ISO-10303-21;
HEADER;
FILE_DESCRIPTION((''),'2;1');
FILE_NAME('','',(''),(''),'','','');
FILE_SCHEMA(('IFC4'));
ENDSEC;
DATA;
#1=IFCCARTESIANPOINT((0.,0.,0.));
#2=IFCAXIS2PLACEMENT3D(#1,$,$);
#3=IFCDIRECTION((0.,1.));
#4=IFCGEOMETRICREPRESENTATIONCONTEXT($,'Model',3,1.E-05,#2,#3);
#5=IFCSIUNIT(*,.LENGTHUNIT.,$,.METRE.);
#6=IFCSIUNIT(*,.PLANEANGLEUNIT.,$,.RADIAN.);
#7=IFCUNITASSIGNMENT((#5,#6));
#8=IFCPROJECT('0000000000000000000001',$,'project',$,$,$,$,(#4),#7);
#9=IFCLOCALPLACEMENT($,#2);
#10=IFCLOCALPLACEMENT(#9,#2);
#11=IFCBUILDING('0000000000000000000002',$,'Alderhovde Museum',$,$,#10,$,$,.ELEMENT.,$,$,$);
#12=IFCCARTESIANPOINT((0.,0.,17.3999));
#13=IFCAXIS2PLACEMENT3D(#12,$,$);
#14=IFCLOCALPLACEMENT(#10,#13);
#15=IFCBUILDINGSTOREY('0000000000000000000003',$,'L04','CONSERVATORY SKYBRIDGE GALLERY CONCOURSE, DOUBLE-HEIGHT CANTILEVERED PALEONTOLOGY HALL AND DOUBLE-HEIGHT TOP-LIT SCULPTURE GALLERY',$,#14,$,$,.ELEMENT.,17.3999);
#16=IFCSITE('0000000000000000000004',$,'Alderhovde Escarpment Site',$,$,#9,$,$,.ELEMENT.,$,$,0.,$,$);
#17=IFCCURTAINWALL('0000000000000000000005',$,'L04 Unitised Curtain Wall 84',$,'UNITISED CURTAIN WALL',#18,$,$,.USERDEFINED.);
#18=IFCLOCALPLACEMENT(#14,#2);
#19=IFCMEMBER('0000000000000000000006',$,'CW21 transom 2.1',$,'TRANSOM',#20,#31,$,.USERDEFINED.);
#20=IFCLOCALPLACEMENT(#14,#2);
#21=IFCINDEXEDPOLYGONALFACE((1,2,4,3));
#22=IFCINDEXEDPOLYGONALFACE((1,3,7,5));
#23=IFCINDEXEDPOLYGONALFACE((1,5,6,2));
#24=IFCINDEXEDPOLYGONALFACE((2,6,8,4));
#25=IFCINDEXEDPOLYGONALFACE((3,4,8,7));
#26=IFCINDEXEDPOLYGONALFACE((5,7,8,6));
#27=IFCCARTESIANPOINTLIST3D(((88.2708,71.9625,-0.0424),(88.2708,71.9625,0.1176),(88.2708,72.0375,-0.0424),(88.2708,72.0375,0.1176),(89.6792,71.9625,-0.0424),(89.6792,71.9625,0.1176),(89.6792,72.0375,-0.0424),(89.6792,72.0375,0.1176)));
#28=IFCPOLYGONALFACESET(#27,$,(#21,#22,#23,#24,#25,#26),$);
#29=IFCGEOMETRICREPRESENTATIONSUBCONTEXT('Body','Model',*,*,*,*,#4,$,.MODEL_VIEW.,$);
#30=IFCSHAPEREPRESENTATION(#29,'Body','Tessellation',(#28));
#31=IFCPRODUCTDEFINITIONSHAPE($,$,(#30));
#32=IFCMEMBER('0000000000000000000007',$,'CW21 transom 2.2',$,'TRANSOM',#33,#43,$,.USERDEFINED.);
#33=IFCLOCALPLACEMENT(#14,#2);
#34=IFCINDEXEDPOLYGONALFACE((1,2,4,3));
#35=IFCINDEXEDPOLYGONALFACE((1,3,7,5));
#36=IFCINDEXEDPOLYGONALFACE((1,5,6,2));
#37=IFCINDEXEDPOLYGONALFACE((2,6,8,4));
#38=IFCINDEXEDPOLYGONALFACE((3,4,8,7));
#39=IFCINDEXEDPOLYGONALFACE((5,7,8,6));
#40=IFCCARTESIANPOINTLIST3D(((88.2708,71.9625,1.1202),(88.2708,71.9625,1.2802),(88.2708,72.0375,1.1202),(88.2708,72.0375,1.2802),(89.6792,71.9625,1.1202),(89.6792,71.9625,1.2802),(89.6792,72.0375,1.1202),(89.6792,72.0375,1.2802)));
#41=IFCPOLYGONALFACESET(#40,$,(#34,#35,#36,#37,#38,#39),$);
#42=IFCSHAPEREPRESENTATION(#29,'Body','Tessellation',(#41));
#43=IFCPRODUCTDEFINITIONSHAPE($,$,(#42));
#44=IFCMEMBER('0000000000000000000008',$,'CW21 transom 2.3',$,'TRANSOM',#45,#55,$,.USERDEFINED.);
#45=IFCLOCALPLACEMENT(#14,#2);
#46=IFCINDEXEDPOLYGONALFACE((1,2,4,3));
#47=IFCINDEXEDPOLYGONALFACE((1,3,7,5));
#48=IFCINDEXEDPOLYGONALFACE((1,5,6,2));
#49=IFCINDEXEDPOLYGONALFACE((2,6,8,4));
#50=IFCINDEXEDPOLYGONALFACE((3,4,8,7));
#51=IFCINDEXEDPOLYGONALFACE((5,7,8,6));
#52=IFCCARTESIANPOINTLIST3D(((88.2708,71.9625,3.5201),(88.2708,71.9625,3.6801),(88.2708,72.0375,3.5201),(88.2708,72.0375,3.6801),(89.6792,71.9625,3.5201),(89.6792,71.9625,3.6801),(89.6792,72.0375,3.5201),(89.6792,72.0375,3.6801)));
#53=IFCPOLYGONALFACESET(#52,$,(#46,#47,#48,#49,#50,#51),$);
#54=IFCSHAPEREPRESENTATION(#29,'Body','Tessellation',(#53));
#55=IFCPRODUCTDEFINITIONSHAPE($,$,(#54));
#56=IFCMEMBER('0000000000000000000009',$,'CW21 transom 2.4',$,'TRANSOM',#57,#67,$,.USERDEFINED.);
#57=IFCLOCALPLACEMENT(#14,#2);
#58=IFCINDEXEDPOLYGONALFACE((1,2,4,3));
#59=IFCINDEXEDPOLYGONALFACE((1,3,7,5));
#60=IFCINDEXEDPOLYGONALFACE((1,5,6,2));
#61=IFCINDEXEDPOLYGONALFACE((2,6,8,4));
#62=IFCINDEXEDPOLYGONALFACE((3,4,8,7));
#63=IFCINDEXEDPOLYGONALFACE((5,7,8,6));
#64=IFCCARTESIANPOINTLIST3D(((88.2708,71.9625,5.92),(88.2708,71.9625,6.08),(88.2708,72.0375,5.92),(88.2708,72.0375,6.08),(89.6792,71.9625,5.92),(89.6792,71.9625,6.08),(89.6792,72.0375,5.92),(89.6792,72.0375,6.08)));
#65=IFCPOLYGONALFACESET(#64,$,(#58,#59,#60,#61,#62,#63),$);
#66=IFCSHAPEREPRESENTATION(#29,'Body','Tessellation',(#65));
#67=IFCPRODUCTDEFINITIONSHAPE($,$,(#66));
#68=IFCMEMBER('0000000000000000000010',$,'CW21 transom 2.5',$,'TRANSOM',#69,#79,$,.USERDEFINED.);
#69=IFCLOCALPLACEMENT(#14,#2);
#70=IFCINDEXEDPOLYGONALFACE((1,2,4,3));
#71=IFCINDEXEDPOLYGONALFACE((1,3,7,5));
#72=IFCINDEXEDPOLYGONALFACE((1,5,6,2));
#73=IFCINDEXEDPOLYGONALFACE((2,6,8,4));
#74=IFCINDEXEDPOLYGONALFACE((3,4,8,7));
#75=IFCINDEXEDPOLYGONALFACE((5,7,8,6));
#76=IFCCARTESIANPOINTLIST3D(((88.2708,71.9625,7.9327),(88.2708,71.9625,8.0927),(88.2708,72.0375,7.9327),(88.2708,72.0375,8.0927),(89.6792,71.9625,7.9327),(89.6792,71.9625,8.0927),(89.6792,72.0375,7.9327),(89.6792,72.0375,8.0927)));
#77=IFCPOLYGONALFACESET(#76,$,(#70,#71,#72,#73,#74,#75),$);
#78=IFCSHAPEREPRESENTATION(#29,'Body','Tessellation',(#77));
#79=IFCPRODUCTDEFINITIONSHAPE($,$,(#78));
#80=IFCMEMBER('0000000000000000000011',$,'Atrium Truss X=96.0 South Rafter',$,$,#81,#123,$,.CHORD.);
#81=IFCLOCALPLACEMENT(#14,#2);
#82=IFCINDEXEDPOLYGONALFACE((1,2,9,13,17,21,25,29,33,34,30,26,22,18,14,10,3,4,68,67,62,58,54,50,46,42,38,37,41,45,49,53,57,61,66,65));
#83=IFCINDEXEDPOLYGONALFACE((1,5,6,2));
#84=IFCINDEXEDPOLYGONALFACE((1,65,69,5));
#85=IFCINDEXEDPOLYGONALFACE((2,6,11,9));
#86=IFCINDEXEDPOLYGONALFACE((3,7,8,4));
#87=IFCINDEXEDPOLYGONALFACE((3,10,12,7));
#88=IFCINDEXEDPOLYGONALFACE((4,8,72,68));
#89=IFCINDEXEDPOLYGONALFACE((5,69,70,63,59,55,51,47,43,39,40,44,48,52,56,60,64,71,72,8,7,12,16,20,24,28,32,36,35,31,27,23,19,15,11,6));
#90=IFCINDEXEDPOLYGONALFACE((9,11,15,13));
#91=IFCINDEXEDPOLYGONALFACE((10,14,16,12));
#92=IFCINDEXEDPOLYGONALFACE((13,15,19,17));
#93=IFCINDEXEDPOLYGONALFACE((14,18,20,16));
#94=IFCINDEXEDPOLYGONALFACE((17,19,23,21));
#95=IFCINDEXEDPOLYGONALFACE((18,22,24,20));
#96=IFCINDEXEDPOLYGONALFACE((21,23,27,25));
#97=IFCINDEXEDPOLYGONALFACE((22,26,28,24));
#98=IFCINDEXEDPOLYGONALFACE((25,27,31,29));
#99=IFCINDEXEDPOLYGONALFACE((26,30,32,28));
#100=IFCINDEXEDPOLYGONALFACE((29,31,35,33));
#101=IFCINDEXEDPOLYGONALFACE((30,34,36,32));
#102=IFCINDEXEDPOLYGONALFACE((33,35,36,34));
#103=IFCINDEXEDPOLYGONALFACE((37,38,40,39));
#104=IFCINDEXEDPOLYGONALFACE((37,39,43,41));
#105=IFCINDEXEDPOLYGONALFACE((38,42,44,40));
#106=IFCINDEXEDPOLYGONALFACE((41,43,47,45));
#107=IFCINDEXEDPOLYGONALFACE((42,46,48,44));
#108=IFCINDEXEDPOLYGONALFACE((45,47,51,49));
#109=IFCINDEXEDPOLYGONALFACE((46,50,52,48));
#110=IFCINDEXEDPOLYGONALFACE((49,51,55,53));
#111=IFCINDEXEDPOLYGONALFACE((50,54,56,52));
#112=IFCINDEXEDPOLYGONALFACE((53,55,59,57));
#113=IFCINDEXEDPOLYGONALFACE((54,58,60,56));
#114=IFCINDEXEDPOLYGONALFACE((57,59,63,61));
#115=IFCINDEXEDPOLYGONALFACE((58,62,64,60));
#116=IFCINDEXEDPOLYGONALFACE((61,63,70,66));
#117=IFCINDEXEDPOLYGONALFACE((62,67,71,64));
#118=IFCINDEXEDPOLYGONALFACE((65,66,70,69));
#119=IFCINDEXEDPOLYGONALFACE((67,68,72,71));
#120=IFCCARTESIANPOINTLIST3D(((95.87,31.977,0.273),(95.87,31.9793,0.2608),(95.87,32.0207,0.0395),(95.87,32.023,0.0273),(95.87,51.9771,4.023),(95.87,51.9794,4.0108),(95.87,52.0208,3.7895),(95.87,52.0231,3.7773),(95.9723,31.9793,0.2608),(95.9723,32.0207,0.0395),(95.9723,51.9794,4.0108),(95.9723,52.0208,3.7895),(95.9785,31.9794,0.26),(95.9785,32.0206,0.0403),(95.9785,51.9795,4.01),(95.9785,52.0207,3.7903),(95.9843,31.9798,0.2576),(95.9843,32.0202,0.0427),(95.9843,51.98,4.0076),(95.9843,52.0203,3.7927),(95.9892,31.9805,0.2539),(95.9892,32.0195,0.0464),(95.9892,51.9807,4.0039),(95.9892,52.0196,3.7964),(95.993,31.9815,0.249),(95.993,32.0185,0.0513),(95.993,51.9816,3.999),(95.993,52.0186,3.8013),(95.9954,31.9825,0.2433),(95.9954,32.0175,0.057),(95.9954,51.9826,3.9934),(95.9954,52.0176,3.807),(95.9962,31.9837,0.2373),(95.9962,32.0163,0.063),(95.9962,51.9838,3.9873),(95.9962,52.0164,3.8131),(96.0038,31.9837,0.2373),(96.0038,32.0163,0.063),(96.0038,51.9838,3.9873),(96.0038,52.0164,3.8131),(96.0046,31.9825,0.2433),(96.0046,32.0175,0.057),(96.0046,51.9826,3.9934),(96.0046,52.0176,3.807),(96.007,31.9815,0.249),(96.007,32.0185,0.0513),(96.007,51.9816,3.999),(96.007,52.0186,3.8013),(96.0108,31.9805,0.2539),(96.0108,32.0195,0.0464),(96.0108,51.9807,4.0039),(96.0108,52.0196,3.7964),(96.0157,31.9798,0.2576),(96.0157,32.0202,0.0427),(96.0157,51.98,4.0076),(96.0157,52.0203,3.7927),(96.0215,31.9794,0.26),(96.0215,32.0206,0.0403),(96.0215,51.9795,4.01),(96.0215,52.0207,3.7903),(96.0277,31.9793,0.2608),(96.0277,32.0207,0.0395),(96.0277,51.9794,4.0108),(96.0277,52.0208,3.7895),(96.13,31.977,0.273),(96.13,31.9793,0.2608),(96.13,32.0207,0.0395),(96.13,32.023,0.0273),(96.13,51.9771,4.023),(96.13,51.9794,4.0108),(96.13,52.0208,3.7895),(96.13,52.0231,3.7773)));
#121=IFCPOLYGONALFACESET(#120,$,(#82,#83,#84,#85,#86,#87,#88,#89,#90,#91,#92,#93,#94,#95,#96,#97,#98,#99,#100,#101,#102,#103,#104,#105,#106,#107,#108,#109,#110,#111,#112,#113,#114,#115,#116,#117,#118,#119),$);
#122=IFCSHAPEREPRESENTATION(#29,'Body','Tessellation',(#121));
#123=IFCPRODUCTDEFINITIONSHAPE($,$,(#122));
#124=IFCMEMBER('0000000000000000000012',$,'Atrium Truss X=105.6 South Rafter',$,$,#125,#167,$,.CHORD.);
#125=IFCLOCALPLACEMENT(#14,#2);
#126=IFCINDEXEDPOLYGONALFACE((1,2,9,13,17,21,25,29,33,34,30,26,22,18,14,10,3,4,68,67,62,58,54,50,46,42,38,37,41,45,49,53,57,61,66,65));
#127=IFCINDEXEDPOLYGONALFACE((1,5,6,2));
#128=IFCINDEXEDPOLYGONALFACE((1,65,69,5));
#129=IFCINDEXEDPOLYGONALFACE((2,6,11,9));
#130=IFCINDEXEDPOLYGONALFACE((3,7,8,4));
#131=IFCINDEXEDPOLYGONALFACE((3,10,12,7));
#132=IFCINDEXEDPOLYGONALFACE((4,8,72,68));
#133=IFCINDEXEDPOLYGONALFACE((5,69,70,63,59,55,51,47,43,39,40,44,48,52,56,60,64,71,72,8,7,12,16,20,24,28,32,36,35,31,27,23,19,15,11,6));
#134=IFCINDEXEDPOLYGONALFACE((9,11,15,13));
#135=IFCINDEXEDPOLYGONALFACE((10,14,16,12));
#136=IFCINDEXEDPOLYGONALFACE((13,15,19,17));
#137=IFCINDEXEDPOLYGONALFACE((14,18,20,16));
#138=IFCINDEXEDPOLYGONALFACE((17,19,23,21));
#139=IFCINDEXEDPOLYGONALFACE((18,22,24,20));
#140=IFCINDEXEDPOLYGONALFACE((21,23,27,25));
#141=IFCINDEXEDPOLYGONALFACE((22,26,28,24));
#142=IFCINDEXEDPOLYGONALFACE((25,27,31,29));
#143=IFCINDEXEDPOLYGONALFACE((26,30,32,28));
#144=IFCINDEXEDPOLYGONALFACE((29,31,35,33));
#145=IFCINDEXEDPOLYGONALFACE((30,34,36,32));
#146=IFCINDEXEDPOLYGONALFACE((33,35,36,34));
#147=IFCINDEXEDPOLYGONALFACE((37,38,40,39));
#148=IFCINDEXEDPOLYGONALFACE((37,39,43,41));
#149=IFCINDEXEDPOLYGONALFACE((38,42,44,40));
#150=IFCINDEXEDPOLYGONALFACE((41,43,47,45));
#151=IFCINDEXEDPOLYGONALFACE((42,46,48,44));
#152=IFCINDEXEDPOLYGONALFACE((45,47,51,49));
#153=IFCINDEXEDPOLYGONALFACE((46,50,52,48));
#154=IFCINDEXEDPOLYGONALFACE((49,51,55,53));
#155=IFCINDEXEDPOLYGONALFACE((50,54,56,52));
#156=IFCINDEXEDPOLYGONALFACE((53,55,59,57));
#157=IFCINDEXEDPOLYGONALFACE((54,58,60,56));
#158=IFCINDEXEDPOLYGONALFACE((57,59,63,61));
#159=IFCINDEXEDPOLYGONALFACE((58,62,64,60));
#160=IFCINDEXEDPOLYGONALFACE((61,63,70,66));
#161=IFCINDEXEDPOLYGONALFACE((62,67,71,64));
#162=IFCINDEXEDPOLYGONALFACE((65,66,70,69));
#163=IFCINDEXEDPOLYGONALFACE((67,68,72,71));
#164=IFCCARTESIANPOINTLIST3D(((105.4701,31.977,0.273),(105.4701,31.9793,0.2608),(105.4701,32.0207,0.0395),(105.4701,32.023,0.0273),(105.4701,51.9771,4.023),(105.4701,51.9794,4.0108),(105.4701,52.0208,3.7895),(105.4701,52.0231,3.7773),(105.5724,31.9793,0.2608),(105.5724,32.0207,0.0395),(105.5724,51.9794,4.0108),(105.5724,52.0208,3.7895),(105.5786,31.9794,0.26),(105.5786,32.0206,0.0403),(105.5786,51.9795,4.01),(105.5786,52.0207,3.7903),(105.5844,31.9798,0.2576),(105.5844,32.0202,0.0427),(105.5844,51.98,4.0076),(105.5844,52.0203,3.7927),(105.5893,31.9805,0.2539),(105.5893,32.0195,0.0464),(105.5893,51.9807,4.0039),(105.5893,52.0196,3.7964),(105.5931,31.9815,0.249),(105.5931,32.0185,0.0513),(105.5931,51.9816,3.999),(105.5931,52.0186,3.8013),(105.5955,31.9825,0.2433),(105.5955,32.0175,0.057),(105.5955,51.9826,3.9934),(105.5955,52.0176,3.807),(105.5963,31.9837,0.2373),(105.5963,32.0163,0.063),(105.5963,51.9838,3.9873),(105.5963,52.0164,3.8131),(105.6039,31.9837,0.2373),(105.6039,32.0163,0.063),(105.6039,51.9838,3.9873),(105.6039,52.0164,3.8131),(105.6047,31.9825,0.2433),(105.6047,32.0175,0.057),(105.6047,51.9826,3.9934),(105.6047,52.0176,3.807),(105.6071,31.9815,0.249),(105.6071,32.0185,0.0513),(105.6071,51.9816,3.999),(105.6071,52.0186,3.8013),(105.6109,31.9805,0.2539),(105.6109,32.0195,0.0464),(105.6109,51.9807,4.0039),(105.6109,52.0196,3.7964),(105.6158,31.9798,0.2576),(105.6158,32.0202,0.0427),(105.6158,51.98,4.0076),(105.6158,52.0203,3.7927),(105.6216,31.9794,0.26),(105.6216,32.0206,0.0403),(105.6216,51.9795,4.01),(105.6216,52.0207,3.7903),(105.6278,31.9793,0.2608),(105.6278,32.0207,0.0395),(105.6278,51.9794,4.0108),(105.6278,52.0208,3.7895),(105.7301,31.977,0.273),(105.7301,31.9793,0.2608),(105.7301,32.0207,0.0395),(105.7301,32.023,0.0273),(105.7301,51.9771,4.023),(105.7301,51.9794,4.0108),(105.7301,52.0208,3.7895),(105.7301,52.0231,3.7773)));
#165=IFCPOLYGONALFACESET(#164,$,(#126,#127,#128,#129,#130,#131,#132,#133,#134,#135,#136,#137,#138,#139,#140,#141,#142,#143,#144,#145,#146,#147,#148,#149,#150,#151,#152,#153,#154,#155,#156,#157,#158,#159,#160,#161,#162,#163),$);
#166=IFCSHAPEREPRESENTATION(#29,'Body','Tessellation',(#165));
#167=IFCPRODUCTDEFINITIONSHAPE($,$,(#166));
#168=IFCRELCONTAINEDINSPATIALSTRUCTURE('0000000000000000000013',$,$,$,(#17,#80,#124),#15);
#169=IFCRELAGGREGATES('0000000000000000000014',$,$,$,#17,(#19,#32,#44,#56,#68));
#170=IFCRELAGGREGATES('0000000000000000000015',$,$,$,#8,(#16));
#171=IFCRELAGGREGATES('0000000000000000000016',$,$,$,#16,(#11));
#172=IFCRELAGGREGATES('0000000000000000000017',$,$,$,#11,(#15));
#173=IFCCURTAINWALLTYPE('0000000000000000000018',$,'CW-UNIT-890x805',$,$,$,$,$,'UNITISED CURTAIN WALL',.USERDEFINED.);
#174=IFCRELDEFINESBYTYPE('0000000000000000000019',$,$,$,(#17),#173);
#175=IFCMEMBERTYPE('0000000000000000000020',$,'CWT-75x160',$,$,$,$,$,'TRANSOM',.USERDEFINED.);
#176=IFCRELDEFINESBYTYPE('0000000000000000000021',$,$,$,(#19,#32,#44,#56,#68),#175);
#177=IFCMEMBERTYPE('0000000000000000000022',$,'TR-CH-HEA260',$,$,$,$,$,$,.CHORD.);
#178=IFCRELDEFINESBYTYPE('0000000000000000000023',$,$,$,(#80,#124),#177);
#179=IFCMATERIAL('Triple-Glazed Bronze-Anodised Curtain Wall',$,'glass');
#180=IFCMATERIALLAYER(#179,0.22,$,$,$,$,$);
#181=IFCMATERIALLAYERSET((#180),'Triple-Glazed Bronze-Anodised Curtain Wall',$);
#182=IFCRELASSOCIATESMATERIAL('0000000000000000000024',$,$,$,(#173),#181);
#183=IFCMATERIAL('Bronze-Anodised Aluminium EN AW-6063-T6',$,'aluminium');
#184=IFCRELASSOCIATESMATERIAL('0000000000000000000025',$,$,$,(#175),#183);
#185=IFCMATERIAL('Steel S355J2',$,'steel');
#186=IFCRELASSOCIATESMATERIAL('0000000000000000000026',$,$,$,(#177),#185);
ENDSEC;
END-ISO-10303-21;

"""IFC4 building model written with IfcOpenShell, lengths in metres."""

from ifc_helpers import new_model, si_unit, direction, frame, origin, origin_2d, place, context, subcontext, project, spatial, rectangle, i_section, extrude, material, layer, layer_set, material_profile, profile_set, type_object, element, aggregate, save


model = new_model("IFC4")

# Units and contexts
model_context = context("Model", 3, precision=1e-05, world=origin(), true_north=direction((0.0, 1.0)))
body_context = subcontext(model_context, "Body", "Model", "MODEL_VIEW")
ifc_project = project(units=[si_unit("LENGTHUNIT", "METRE"), si_unit("PLANEANGLEUNIT", "RADIAN")], contexts=[model_context])

# Site, building, storey
site_placement = place(None, origin())
site = spatial("IfcSite", under=ifc_project, at=site_placement, Name="Alderhovde Escarpment Site", CompositionType="ELEMENT", RefElevation=0.0)
building_placement = place(site_placement, origin())
building = spatial("IfcBuilding", under=site, at=building_placement, Name="Alderhovde Museum", CompositionType="ELEMENT")
storey_placement = place(building_placement, frame((0.0, 0.0, 17.3999)))
storey = spatial("IfcBuildingStorey", under=building, at=storey_placement, Name="L04", Description="CONSERVATORY SKYBRIDGE GALLERY CONCOURSE, DOUBLE-HEIGHT CANTILEVERED PALEONTOLOGY HALL AND DOUBLE-HEIGHT TOP-LIT SCULPTURE GALLERY", CompositionType="ELEMENT", Elevation=17.3999)

# Curtain wall, members
ifc_material_1 = material(Name="Triple-Glazed Bronze-Anodised Curtain Wall", Category="glass")
ifc_layer_1 = layer(ifc_material_1, 0.22)
ifc_layer_set_1 = layer_set([ifc_layer_1], Name="Triple-Glazed Bronze-Anodised Curtain Wall")
curtain_wall_type = type_object("IfcCurtainWallType", Name="CW-UNIT-890x805", ElementType="UNITISED CURTAIN WALL", PredefinedType="USERDEFINED", material=ifc_layer_set_1)
curtain_wall_placement = place(storey_placement, origin())
curtain_wall = element("IfcCurtainWall", 1, at=curtain_wall_placement, inside=storey, type_object=curtain_wall_type, Name="L04 Unitised Curtain Wall 84", ObjectType="UNITISED CURTAIN WALL", PredefinedType="USERDEFINED")
ifc_material_2 = material(Name="Bronze-Anodised Aluminium EN AW-6063-T6", Category="aluminium")
ifc_material_profile_1 = material_profile(ifc_material_2, rectangle(XDim=0.075, YDim=0.1599, at=origin_2d()), Name="TRANSOM 75x160")
ifc_profile_set_1 = profile_set([ifc_material_profile_1], Name="Bronze-Anodised Aluminium EN AW-6063-T6")
member_type_1 = type_object("IfcMemberType", Name="CWT-75x160", ElementType="TRANSOM", PredefinedType="USERDEFINED", material=ifc_profile_set_1)
member_1_placement = place(storey_placement, frame((88.2708, 72.0, 0.0376), z_axis=(1.0, 0.0, 0.0), x_axis=(0.0, 1.0, 0.0)))
member_1 = element("IfcMember", 2, at=member_1_placement, type_object=member_type_1, Name="CW21 transom 2.1", ObjectType="TRANSOM", PredefinedType="USERDEFINED", context=body_context, shape_type="SweptSolid", body=[
    extrude(rectangle(XDim=0.075, YDim=0.1599, at=origin_2d()), origin(), (0.0, 0.0, 1.0), 1.4084),
])
member_2_placement = place(storey_placement, frame((88.2708, 72.0, 1.2002), z_axis=(1.0, 0.0, 0.0), x_axis=(0.0, 1.0, 0.0)))
member_2 = element("IfcMember", 3, at=member_2_placement, type_object=member_type_1, Name="CW21 transom 2.2", ObjectType="TRANSOM", PredefinedType="USERDEFINED", context=body_context, shape_type="SweptSolid", body=[
    extrude(rectangle(XDim=0.075, YDim=0.1599, at=origin_2d()), origin(), (0.0, 0.0, 1.0), 1.4084),
])
member_3_placement = place(storey_placement, frame((88.2708, 72.0, 3.6001), z_axis=(1.0, 0.0, 0.0), x_axis=(0.0, 1.0, 0.0)))
member_3 = element("IfcMember", 4, at=member_3_placement, type_object=member_type_1, Name="CW21 transom 2.3", ObjectType="TRANSOM", PredefinedType="USERDEFINED", context=body_context, shape_type="SweptSolid", body=[
    extrude(rectangle(XDim=0.075, YDim=0.1599, at=origin_2d()), origin(), (0.0, 0.0, 1.0), 1.4084),
])
member_4_placement = place(storey_placement, frame((88.2708, 72.0, 6.0), z_axis=(1.0, 0.0, 0.0), x_axis=(0.0, 1.0, 0.0)))
member_4 = element("IfcMember", 5, at=member_4_placement, type_object=member_type_1, Name="CW21 transom 2.4", ObjectType="TRANSOM", PredefinedType="USERDEFINED", context=body_context, shape_type="SweptSolid", body=[
    extrude(rectangle(XDim=0.075, YDim=0.1599, at=origin_2d()), origin(), (0.0, 0.0, 1.0), 1.4084),
])
member_5_placement = place(storey_placement, frame((88.2708, 72.0, 8.0127), z_axis=(1.0, 0.0, 0.0), x_axis=(0.0, 1.0, 0.0)))
member_5 = element("IfcMember", 6, at=member_5_placement, type_object=member_type_1, Name="CW21 transom 2.5", ObjectType="TRANSOM", PredefinedType="USERDEFINED", context=body_context, shape_type="SweptSolid", body=[
    extrude(rectangle(XDim=0.075, YDim=0.1599, at=origin_2d()), origin(), (0.0, 0.0, 1.0), 1.4084),
])

# Members
ifc_material_3 = material(Name="Steel S355J2", Category="steel")
ifc_material_profile_2 = material_profile(ifc_material_3, i_section(OverallWidth=0.26, OverallDepth=0.25, WebThickness=0.0076, FlangeThickness=0.0125, FilletRadius=0.0239, at=origin_2d()), Name="HEA 260")
ifc_profile_set_2 = profile_set([ifc_material_profile_2], Name="Steel S355J2")
member_type_2 = type_object("IfcMemberType", Name="TR-CH-HEA260", PredefinedType="CHORD", material=ifc_profile_set_2)
for number, where, z_axis, x_axis, name in (
    (7, (96.0, 32.0, 0.1501), (0.0, 0.982872, 0.184289), (-1.0, 0.0, 0.0), "Atrium Truss X=96.0 South Rafter"),
    (8, (105.6001, 32.0, 0.1501), (0.0, 0.982872, 0.184289), (-1.0, 0.0, 0.0), "Atrium Truss X=105.6 South Rafter"),
):
    element("IfcMember", number, at=place(storey_placement, frame(where, z_axis=z_axis, x_axis=x_axis)), inside=storey, type_object=member_type_2, Name=name, PredefinedType="CHORD", context=body_context, shape_type="SweptSolid", body=[
        extrude(i_section(OverallWidth=0.26, OverallDepth=0.25, WebThickness=0.0076, FlangeThickness=0.0125, FilletRadius=0.0239, at=origin_2d()), origin(), (0.0, 0.0, 1.0), 20.3486),
    ])

aggregate(curtain_wall, [member_1, member_2, member_3, member_4, member_5])

save(model, "model.ifc")
